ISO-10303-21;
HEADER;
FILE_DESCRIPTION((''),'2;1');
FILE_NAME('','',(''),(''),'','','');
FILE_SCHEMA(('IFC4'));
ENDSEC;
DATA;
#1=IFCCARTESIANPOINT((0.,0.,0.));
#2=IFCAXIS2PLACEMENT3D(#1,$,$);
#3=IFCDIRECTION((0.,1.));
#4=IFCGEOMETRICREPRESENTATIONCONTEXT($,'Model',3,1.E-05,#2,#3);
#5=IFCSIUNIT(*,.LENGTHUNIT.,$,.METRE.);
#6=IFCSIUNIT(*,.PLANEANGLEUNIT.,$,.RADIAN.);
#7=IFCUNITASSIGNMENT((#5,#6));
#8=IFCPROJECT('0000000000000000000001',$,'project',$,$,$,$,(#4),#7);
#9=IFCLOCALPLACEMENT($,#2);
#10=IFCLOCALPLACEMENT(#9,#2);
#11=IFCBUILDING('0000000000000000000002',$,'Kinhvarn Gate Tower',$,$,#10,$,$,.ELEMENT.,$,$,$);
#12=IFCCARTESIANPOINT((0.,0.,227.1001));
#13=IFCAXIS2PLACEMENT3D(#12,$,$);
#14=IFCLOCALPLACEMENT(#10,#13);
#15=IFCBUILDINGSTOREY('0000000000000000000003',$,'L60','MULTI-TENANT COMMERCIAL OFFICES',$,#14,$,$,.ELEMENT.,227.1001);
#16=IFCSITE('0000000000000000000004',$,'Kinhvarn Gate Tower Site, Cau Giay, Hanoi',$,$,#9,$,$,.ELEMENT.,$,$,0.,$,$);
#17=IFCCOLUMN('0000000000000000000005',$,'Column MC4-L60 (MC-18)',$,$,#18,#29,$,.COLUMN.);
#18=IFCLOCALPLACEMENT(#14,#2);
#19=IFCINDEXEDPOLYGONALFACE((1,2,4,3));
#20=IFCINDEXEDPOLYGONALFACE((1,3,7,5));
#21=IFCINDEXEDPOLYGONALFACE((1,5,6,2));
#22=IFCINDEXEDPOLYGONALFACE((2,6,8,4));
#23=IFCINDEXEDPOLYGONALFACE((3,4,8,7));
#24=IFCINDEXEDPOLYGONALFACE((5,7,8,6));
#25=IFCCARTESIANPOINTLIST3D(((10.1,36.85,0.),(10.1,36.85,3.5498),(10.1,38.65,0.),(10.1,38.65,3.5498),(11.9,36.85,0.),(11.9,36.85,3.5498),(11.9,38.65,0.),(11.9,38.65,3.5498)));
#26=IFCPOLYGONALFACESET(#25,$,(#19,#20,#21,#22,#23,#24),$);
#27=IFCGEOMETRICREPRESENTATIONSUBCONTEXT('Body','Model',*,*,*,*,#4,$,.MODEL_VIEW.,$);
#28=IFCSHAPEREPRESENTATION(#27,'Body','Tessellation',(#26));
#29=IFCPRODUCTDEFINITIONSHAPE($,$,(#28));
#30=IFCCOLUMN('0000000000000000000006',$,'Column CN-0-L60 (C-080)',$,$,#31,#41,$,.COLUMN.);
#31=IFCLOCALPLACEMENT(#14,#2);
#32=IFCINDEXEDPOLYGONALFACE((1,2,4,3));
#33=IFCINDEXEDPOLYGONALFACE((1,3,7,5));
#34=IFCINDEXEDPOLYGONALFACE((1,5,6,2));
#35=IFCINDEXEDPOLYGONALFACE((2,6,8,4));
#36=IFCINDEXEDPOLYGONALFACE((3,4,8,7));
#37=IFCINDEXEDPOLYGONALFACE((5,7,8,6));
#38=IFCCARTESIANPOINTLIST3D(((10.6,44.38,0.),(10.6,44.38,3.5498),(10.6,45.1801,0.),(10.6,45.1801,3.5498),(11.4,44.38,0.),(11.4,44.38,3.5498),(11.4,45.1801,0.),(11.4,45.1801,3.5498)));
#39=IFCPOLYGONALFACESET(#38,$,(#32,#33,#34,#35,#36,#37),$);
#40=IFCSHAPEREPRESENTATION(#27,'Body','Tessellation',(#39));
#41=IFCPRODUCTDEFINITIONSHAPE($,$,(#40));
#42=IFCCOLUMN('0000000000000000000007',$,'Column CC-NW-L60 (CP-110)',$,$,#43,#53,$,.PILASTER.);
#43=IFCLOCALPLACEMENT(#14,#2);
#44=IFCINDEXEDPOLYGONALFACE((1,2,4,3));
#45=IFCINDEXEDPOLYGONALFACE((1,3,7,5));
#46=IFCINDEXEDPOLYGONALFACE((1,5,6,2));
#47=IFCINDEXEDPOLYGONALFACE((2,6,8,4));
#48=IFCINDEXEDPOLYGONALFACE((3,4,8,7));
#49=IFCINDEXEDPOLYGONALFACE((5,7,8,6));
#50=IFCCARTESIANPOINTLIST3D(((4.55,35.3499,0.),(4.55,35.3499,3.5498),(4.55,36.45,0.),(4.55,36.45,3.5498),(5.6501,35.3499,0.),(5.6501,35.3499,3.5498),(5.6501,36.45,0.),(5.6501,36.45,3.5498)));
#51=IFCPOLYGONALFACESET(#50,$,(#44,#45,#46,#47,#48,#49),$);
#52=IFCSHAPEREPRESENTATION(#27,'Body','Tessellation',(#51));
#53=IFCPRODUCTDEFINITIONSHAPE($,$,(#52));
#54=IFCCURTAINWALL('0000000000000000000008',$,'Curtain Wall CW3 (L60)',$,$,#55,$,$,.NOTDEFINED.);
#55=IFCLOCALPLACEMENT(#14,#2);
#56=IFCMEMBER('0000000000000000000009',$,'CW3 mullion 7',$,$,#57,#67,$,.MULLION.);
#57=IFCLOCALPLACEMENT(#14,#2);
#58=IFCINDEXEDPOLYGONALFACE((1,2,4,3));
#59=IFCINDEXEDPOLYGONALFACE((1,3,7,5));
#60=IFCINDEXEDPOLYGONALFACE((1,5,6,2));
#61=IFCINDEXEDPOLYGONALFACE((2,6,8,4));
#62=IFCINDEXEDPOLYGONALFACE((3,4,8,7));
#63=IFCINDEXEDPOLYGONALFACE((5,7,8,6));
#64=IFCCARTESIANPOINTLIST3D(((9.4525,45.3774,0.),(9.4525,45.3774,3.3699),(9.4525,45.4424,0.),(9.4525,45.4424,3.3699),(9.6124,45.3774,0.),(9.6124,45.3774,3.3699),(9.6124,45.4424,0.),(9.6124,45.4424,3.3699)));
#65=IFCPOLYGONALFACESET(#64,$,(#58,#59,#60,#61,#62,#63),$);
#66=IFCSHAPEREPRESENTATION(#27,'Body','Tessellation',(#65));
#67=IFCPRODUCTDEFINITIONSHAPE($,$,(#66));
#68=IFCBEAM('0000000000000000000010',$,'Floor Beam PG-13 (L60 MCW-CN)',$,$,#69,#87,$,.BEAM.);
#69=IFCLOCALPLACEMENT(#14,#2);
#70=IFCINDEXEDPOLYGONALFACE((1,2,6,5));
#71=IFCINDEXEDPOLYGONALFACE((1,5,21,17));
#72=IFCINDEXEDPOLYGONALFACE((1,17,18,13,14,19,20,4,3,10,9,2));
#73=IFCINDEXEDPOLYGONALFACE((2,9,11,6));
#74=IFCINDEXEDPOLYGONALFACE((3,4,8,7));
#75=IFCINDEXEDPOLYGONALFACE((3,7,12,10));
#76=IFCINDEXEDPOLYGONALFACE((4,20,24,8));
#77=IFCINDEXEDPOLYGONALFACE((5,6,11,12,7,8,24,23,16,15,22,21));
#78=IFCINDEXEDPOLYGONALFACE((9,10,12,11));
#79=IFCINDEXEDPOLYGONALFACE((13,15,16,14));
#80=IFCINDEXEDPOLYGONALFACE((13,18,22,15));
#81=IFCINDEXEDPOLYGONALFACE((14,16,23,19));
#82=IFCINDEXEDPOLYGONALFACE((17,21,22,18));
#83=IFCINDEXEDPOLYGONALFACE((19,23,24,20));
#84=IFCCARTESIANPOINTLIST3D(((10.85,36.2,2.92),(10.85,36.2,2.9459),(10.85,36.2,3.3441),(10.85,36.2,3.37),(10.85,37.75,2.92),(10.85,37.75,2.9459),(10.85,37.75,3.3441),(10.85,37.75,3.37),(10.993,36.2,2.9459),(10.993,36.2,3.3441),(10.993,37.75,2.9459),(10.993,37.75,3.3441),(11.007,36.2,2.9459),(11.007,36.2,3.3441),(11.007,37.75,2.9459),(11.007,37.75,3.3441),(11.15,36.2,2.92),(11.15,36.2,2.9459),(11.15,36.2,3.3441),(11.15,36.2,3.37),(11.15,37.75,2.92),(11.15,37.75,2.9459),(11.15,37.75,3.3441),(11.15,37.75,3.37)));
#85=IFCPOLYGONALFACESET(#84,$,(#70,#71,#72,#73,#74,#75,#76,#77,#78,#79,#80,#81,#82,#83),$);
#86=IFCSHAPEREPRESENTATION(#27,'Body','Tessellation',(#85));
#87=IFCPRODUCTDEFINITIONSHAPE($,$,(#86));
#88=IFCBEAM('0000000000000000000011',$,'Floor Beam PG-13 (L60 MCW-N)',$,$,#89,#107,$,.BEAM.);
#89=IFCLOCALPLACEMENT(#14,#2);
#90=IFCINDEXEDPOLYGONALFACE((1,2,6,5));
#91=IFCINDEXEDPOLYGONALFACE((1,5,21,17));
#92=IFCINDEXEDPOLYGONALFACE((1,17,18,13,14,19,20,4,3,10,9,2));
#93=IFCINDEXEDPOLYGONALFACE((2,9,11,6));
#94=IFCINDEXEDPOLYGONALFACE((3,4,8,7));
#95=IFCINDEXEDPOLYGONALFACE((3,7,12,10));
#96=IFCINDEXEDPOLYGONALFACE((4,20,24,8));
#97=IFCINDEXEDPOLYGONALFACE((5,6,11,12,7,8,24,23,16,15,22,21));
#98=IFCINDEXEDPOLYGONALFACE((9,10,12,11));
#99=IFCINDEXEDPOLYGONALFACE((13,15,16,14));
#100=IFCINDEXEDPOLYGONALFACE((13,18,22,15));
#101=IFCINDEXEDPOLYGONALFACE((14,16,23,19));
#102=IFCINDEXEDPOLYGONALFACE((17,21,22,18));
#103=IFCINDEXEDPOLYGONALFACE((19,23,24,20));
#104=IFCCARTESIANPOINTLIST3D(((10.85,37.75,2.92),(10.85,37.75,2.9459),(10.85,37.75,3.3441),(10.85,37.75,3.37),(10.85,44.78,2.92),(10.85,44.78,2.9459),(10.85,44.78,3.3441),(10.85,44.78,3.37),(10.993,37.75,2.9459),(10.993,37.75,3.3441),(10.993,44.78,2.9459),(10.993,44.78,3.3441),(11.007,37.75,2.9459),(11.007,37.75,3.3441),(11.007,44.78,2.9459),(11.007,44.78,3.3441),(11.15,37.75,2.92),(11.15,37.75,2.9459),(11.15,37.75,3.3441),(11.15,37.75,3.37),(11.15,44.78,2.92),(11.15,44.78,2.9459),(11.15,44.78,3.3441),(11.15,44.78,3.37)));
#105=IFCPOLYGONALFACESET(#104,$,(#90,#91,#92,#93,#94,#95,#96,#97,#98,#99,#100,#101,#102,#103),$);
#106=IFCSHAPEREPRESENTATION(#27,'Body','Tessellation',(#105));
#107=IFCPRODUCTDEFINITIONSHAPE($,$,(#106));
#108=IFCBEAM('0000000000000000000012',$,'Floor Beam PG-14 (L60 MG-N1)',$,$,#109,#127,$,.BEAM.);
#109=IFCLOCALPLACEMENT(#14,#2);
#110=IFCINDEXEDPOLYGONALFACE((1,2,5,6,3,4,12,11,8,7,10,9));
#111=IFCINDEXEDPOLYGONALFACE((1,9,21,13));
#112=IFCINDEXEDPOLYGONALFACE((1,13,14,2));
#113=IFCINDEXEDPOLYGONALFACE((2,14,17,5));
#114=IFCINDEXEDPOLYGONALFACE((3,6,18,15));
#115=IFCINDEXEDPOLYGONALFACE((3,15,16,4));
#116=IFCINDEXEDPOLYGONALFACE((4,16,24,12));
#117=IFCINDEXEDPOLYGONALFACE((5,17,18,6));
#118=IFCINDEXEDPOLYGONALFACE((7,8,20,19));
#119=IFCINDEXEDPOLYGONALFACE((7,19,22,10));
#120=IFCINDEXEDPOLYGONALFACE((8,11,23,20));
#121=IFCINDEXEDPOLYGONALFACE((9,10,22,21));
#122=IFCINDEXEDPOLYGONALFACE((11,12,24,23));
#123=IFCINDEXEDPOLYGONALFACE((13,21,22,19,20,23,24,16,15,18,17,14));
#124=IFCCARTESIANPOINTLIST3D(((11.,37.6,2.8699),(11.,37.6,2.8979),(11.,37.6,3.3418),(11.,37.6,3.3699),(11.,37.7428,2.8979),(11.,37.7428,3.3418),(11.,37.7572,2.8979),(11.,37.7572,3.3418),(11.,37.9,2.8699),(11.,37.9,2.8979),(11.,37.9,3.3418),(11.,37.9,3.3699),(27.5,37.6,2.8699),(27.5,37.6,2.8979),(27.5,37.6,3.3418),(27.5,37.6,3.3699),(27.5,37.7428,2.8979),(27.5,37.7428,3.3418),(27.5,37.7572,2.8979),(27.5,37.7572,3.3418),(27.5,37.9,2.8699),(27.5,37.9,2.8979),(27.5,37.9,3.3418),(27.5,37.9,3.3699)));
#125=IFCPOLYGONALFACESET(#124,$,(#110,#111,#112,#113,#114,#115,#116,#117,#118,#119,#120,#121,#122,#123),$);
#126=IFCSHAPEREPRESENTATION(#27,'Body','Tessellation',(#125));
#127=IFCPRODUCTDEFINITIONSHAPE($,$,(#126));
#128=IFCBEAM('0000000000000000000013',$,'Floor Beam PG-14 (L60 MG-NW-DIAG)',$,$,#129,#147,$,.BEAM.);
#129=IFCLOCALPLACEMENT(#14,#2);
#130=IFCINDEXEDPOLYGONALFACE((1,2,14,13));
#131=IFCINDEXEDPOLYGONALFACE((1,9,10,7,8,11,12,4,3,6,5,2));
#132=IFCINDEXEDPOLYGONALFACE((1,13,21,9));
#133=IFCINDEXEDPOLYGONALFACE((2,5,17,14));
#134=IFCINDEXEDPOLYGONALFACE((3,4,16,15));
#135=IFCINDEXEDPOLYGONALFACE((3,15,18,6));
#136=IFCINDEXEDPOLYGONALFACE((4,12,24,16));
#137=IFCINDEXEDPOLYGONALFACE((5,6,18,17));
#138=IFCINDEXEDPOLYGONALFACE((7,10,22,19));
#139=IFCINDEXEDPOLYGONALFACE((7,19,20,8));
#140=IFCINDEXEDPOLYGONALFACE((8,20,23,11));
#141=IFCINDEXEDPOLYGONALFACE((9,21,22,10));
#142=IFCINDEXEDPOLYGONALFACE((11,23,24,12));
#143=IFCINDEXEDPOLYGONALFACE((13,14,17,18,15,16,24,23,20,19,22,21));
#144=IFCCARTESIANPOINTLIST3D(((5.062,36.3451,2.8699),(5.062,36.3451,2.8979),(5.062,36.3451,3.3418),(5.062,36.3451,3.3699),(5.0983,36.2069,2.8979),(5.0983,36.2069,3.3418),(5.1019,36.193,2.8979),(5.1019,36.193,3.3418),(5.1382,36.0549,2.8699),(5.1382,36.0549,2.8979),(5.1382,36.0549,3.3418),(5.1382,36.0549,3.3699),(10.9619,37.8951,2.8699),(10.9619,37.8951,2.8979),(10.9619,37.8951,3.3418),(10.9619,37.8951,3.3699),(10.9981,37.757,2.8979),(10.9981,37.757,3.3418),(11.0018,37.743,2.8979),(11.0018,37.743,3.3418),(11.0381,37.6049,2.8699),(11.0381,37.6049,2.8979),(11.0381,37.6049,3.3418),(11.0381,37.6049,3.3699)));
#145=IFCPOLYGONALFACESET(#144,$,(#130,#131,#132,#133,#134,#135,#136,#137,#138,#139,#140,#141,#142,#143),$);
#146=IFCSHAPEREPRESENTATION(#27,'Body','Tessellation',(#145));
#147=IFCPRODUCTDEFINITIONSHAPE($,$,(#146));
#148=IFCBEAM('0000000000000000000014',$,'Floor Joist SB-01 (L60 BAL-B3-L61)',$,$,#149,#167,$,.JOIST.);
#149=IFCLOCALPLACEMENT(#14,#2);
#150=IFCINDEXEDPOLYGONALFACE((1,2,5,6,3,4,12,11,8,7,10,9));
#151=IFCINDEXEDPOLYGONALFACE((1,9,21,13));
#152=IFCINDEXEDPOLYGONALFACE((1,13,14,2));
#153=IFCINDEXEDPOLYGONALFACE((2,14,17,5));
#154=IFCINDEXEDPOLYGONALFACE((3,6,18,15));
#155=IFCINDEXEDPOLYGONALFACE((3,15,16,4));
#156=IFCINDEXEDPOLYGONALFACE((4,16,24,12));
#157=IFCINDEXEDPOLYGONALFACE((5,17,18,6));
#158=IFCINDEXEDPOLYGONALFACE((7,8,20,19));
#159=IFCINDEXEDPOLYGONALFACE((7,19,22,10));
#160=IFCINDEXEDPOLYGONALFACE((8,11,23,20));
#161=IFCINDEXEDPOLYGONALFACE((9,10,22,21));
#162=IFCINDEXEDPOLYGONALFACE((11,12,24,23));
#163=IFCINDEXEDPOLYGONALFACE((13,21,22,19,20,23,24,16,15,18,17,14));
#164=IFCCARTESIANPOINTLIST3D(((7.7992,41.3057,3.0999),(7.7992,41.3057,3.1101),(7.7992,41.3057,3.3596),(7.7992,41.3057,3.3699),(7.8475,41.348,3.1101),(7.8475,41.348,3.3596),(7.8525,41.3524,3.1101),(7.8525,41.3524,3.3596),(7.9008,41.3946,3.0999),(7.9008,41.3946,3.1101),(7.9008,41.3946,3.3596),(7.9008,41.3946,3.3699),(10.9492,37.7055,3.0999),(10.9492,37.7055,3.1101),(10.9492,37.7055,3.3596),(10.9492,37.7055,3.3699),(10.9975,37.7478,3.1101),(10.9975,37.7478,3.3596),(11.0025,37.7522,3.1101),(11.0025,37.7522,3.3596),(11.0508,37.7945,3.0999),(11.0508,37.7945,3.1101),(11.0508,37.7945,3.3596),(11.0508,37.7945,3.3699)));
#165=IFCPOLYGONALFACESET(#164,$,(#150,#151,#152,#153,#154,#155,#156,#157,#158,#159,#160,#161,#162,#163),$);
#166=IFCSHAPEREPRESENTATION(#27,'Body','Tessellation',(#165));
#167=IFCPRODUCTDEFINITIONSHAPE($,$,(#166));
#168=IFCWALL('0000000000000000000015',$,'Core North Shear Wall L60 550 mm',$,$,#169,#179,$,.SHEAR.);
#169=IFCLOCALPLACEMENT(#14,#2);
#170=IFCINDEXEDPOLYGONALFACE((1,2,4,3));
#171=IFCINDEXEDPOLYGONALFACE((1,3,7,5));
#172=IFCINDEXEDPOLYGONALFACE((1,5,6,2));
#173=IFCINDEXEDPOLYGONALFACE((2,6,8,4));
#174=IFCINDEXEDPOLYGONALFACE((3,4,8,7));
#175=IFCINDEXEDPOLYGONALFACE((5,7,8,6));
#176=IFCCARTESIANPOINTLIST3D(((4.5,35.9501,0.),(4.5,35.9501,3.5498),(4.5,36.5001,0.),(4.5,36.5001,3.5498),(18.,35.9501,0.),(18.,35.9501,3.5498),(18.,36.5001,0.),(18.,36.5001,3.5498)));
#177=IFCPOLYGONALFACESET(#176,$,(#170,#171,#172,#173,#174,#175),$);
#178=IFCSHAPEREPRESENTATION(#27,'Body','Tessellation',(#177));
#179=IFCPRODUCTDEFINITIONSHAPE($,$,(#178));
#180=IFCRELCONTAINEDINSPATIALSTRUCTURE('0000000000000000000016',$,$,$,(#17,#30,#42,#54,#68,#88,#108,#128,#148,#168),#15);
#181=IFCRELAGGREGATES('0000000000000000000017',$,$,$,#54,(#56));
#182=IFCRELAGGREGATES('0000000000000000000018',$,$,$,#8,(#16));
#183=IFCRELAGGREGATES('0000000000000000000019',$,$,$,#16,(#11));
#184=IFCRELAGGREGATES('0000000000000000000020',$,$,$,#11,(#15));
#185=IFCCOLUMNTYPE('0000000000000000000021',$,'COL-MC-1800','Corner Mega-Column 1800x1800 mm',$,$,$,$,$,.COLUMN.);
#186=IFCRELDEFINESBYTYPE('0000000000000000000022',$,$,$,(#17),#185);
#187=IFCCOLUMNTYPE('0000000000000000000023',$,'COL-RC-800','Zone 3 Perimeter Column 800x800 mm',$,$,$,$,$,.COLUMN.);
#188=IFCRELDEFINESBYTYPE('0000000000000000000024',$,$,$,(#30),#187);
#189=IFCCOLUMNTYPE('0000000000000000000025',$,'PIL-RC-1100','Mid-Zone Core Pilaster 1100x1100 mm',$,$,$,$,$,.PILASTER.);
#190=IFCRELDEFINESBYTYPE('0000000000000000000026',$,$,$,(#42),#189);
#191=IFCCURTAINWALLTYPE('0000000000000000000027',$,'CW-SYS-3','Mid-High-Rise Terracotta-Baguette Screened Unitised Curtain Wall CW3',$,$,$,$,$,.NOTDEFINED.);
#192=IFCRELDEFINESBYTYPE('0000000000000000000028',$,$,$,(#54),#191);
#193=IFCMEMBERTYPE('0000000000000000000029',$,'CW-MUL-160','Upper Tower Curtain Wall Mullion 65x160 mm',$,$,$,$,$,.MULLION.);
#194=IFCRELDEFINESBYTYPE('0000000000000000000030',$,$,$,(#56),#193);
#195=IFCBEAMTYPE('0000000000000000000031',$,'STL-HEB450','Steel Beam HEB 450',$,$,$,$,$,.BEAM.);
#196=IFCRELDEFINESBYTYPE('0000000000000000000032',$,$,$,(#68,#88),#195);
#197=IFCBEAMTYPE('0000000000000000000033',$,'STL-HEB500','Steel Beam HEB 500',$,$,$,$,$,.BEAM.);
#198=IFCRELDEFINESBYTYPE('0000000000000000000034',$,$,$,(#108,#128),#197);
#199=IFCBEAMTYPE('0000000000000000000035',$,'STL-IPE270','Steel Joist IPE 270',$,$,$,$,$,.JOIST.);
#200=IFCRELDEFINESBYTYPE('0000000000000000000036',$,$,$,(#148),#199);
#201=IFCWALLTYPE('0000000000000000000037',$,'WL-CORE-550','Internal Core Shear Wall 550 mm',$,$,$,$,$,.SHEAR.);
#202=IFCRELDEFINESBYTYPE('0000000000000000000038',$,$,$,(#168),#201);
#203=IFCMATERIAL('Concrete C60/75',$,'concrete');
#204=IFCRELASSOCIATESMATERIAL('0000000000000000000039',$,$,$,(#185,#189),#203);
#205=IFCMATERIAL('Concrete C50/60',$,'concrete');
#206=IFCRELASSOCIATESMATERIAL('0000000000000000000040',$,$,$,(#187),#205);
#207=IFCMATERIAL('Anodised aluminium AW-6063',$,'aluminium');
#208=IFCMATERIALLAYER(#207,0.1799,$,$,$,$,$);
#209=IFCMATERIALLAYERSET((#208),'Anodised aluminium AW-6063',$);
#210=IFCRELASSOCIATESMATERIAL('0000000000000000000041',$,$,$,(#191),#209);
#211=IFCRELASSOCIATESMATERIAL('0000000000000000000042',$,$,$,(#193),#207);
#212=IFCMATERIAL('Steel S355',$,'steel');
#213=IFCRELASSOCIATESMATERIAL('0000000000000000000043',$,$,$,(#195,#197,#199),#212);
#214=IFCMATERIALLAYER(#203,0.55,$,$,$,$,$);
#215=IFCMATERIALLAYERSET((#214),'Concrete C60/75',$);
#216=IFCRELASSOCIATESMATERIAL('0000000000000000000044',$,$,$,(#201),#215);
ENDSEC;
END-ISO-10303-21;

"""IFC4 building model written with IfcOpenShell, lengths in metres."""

from ifc_helpers import new_model, si_unit, direction, frame, frame_2d, origin, origin_2d, place, context, subcontext, project, spatial, rectangle, i_section, extrude, material, layer, layer_set, material_profile, profile_set, type_object, element, aggregate, save


model = new_model("IFC4")

# Units and contexts
model_context = context("Model", 3, precision=1e-05, world=origin(), true_north=direction((0.0, 1.0)))
body_context = subcontext(model_context, "Body", "Model", "MODEL_VIEW")
ifc_project = project(units=[si_unit("LENGTHUNIT", "METRE"), si_unit("PLANEANGLEUNIT", "RADIAN")], contexts=[model_context])

# Site, building, storey
site_placement = place(None, origin())
site = spatial("IfcSite", under=ifc_project, at=site_placement, Name="Kinhvarn Gate Tower Site, Cau Giay, Hanoi", CompositionType="ELEMENT", RefElevation=0.0)
building_placement = place(site_placement, origin())
building = spatial("IfcBuilding", under=site, at=building_placement, Name="Kinhvarn Gate Tower", CompositionType="ELEMENT")
storey_placement = place(building_placement, frame((0.0, 0.0, 227.1001)))
storey = spatial("IfcBuildingStorey", under=building, at=storey_placement, Name="L60", Description="MULTI-TENANT COMMERCIAL OFFICES", CompositionType="ELEMENT", Elevation=227.1001)

# Columns
ifc_material_1 = material(Name="Concrete C60/75", Category="concrete")
ifc_material_profile_1 = material_profile(ifc_material_1, rectangle(XDim=1.8, YDim=1.8, at=origin_2d()), Name="RC 1800x1800")
ifc_profile_set_1 = profile_set([ifc_material_profile_1], Name="Concrete C60/75")
column_type_1 = type_object("IfcColumnType", Name="COL-MC-1800", Description="Corner Mega-Column 1800x1800 mm", PredefinedType="COLUMN", material=ifc_profile_set_1)
column_1_placement = place(storey_placement, frame((11.0, 37.75, 0.0), z_axis=(0.0, 0.0, 1.0), x_axis=(1.0, 0.0, 0.0)))
element("IfcColumn", 1, at=column_1_placement, inside=storey, type_object=column_type_1, Name="Column MC4-L60 (MC-18)", PredefinedType="COLUMN", context=body_context, shape_type="SweptSolid", body=[
    extrude(rectangle(XDim=1.8, YDim=1.8, at=origin_2d()), origin(), (0.0, 0.0, 1.0), 3.5498),
])
ifc_material_2 = material(Name="Concrete C50/60", Category="concrete")
ifc_material_profile_2 = material_profile(ifc_material_2, rectangle(XDim=0.8, YDim=0.8, at=origin_2d()), Name="RC 800x800")
ifc_profile_set_2 = profile_set([ifc_material_profile_2], Name="Concrete C50/60")
column_type_2 = type_object("IfcColumnType", Name="COL-RC-800", Description="Zone 3 Perimeter Column 800x800 mm", PredefinedType="COLUMN", material=ifc_profile_set_2)
column_2_placement = place(storey_placement, frame((11.0, 44.78, 0.0), z_axis=(0.0, 0.0, 1.0), x_axis=(1.0, 0.0, 0.0)))
element("IfcColumn", 2, at=column_2_placement, inside=storey, type_object=column_type_2, Name="Column CN-0-L60 (C-080)", PredefinedType="COLUMN", context=body_context, shape_type="SweptSolid", body=[
    extrude(rectangle(XDim=0.8, YDim=0.8, at=origin_2d()), origin(), (0.0, 0.0, 1.0), 3.5498),
])
ifc_material_profile_3 = material_profile(ifc_material_1, rectangle(XDim=1.1001, YDim=1.1001, at=origin_2d()), Name="RC 1100x1100")
ifc_profile_set_3 = profile_set([ifc_material_profile_3], Name="Concrete C60/75")
column_type_3 = type_object("IfcColumnType", Name="PIL-RC-1100", Description="Mid-Zone Core Pilaster 1100x1100 mm", PredefinedType="PILASTER", material=ifc_profile_set_3)
column_3_placement = place(storey_placement, frame((5.1001, 35.8999, 0.0), z_axis=(0.0, 0.0, 1.0), x_axis=(1.0, 0.0, 0.0)))
element("IfcColumn", 3, at=column_3_placement, inside=storey, type_object=column_type_3, Name="Column CC-NW-L60 (CP-110)", PredefinedType="PILASTER", context=body_context, shape_type="SweptSolid", body=[
    extrude(rectangle(XDim=1.1001, YDim=1.1001, at=origin_2d()), origin(), (0.0, 0.0, 1.0), 3.5498),
])

# Curtain wall, member
ifc_material_3 = material(Name="Anodised aluminium AW-6063", Category="aluminium")
ifc_layer_1 = layer(ifc_material_3, 0.1799)
ifc_layer_set_1 = layer_set([ifc_layer_1], Name="Anodised aluminium AW-6063")
curtain_wall_type = type_object("IfcCurtainWallType", Name="CW-SYS-3", Description="Mid-High-Rise Terracotta-Baguette Screened Unitised Curtain Wall CW3", PredefinedType="NOTDEFINED", material=ifc_layer_set_1)
curtain_wall_placement = place(storey_placement, origin())
curtain_wall = element("IfcCurtainWall", 4, at=curtain_wall_placement, inside=storey, type_object=curtain_wall_type, Name="Curtain Wall CW3 (L60)", PredefinedType="NOTDEFINED")
ifc_material_profile_4 = material_profile(ifc_material_3, rectangle(XDim=0.0649, YDim=0.1599, at=origin_2d()), Name="ALU 65x160")
ifc_profile_set_4 = profile_set([ifc_material_profile_4], Name="Anodised aluminium AW-6063")
member_type = type_object("IfcMemberType", Name="CW-MUL-160", Description="Upper Tower Curtain Wall Mullion 65x160 mm", PredefinedType="MULLION", material=ifc_profile_set_4)
member_placement = place(storey_placement, frame((9.5325, 45.4099, 0.0), z_axis=(0.0, 0.0, 1.0), x_axis=(0.0, -1.0, 0.0)))
member = element("IfcMember", 5, at=member_placement, type_object=member_type, Name="CW3 mullion 7", PredefinedType="MULLION", context=body_context, shape_type="SweptSolid", body=[
    extrude(rectangle(XDim=0.0649, YDim=0.1599, at=origin_2d()), origin(), (0.0, 0.0, 1.0), 3.3699),
])
aggregate(curtain_wall, [member])

# Beams
ifc_material_4 = material(Name="Steel S355", Category="steel")
ifc_material_profile_5 = material_profile(ifc_material_4, i_section(OverallWidth=0.3, OverallDepth=0.45, WebThickness=0.0139, FlangeThickness=0.0259, at=origin_2d()), Name="HEB 450")
ifc_profile_set_5 = profile_set([ifc_material_profile_5], Name="Steel S355")
beam_type_1 = type_object("IfcBeamType", Name="STL-HEB450", Description="Steel Beam HEB 450", PredefinedType="BEAM", material=ifc_profile_set_5)
beam_1_placement = place(storey_placement, frame((11.0, 36.2, 3.145), z_axis=(0.0, 1.0, 0.0), x_axis=(-1.0, 0.0, 0.0)))
element("IfcBeam", 6, at=beam_1_placement, inside=storey, type_object=beam_type_1, Name="Floor Beam PG-13 (L60 MCW-CN)", PredefinedType="BEAM", context=body_context, shape_type="SweptSolid", body=[
    extrude(i_section(OverallWidth=0.3, OverallDepth=0.45, WebThickness=0.0139, FlangeThickness=0.0259, at=origin_2d()), origin(), (0.0, 0.0, 1.0), 1.55),
])
beam_2_placement = place(storey_placement, frame((11.0, 37.75, 3.145), z_axis=(0.0, 1.0, 0.0), x_axis=(-1.0, 0.0, 0.0)))
element("IfcBeam", 7, at=beam_2_placement, inside=storey, type_object=beam_type_1, Name="Floor Beam PG-13 (L60 MCW-N)", PredefinedType="BEAM", context=body_context, shape_type="SweptSolid", body=[
    extrude(i_section(OverallWidth=0.3, OverallDepth=0.45, WebThickness=0.0139, FlangeThickness=0.0259, at=origin_2d()), origin(), (0.0, 0.0, 1.0), 7.03),
])
ifc_material_profile_6 = material_profile(ifc_material_4, i_section(OverallWidth=0.3, OverallDepth=0.5, WebThickness=0.0144, FlangeThickness=0.0281, at=origin_2d()), Name="HEB 500")
ifc_profile_set_6 = profile_set([ifc_material_profile_6], Name="Steel S355")
beam_type_2 = type_object("IfcBeamType", Name="STL-HEB500", Description="Steel Beam HEB 500", PredefinedType="BEAM", material=ifc_profile_set_6)
beam_3_placement = place(storey_placement, frame((11.0, 37.75, 3.1199), z_axis=(1.0, 0.0, 0.0), x_axis=(0.0, 1.0, 0.0)))
element("IfcBeam", 8, at=beam_3_placement, inside=storey, type_object=beam_type_2, Name="Floor Beam PG-14 (L60 MG-N1)", PredefinedType="BEAM", context=body_context, shape_type="SweptSolid", body=[
    extrude(i_section(OverallWidth=0.3, OverallDepth=0.5, WebThickness=0.0144, FlangeThickness=0.0281, at=origin_2d()), origin(), (0.0, 0.0, 1.0), 16.5),
])
beam_4_placement = place(storey_placement, frame((5.1001, 36.2, 3.1199), z_axis=(0.967178, 0.254101, 0.0), x_axis=(-0.254101, 0.967178, 0.0)))
element("IfcBeam", 9, at=beam_4_placement, inside=storey, type_object=beam_type_2, Name="Floor Beam PG-14 (L60 MG-NW-DIAG)", PredefinedType="BEAM", context=body_context, shape_type="SweptSolid", body=[
    extrude(i_section(OverallWidth=0.3, OverallDepth=0.5, WebThickness=0.0144, FlangeThickness=0.0281, at=origin_2d()), origin(), (0.0, 0.0, 1.0), 6.1001),
])
ifc_material_profile_7 = material_profile(ifc_material_4, i_section(OverallWidth=0.135, OverallDepth=0.27, WebThickness=0.0066, FlangeThickness=0.0103, at=origin_2d()), Name="IPE 270")
ifc_profile_set_7 = profile_set([ifc_material_profile_7], Name="Steel S355")
beam_type_3 = type_object("IfcBeamType", Name="STL-IPE270", Description="Steel Joist IPE 270", PredefinedType="JOIST", material=ifc_profile_set_7)
beam_5_placement = place(storey_placement, frame((11.0, 37.75, 3.2349), z_axis=(-0.658483, 0.752596, 0.0), x_axis=(-0.752596, -0.658483, 0.0)))
element("IfcBeam", 10, at=beam_5_placement, inside=storey, type_object=beam_type_3, Name="Floor Joist SB-01 (L60 BAL-B3-L61)", PredefinedType="JOIST", context=body_context, shape_type="SweptSolid", body=[
    extrude(i_section(OverallWidth=0.135, OverallDepth=0.27, WebThickness=0.0066, FlangeThickness=0.0103, at=origin_2d()), origin(), (0.0, 0.0, 1.0), 4.7837),
])

# Wall
ifc_layer_2 = layer(ifc_material_1, 0.55)
ifc_layer_set_2 = layer_set([ifc_layer_2], Name="Concrete C60/75")
wall_type_1 = type_object("IfcWallType", Name="WL-CORE-550", Description="Internal Core Shear Wall 550 mm", PredefinedType="SHEAR", material=ifc_layer_set_2)
wall_1_placement = place(storey_placement, frame((4.5, 36.2251, 0.0), z_axis=(0.0, 0.0, 1.0), x_axis=(1.0, 0.0, 0.0)))
element("IfcWall", 11, at=wall_1_placement, inside=storey, type_object=wall_type_1, Name="Core North Shear Wall L60 550 mm", PredefinedType="SHEAR", context=body_context, shape_type="SweptSolid", body=[
    extrude(rectangle(XDim=13.5, YDim=0.55, at=frame_2d((6.75, 0.0))), origin(), (0.0, 0.0, 1.0), 3.5498),
])

save(model, "model.ifc")
